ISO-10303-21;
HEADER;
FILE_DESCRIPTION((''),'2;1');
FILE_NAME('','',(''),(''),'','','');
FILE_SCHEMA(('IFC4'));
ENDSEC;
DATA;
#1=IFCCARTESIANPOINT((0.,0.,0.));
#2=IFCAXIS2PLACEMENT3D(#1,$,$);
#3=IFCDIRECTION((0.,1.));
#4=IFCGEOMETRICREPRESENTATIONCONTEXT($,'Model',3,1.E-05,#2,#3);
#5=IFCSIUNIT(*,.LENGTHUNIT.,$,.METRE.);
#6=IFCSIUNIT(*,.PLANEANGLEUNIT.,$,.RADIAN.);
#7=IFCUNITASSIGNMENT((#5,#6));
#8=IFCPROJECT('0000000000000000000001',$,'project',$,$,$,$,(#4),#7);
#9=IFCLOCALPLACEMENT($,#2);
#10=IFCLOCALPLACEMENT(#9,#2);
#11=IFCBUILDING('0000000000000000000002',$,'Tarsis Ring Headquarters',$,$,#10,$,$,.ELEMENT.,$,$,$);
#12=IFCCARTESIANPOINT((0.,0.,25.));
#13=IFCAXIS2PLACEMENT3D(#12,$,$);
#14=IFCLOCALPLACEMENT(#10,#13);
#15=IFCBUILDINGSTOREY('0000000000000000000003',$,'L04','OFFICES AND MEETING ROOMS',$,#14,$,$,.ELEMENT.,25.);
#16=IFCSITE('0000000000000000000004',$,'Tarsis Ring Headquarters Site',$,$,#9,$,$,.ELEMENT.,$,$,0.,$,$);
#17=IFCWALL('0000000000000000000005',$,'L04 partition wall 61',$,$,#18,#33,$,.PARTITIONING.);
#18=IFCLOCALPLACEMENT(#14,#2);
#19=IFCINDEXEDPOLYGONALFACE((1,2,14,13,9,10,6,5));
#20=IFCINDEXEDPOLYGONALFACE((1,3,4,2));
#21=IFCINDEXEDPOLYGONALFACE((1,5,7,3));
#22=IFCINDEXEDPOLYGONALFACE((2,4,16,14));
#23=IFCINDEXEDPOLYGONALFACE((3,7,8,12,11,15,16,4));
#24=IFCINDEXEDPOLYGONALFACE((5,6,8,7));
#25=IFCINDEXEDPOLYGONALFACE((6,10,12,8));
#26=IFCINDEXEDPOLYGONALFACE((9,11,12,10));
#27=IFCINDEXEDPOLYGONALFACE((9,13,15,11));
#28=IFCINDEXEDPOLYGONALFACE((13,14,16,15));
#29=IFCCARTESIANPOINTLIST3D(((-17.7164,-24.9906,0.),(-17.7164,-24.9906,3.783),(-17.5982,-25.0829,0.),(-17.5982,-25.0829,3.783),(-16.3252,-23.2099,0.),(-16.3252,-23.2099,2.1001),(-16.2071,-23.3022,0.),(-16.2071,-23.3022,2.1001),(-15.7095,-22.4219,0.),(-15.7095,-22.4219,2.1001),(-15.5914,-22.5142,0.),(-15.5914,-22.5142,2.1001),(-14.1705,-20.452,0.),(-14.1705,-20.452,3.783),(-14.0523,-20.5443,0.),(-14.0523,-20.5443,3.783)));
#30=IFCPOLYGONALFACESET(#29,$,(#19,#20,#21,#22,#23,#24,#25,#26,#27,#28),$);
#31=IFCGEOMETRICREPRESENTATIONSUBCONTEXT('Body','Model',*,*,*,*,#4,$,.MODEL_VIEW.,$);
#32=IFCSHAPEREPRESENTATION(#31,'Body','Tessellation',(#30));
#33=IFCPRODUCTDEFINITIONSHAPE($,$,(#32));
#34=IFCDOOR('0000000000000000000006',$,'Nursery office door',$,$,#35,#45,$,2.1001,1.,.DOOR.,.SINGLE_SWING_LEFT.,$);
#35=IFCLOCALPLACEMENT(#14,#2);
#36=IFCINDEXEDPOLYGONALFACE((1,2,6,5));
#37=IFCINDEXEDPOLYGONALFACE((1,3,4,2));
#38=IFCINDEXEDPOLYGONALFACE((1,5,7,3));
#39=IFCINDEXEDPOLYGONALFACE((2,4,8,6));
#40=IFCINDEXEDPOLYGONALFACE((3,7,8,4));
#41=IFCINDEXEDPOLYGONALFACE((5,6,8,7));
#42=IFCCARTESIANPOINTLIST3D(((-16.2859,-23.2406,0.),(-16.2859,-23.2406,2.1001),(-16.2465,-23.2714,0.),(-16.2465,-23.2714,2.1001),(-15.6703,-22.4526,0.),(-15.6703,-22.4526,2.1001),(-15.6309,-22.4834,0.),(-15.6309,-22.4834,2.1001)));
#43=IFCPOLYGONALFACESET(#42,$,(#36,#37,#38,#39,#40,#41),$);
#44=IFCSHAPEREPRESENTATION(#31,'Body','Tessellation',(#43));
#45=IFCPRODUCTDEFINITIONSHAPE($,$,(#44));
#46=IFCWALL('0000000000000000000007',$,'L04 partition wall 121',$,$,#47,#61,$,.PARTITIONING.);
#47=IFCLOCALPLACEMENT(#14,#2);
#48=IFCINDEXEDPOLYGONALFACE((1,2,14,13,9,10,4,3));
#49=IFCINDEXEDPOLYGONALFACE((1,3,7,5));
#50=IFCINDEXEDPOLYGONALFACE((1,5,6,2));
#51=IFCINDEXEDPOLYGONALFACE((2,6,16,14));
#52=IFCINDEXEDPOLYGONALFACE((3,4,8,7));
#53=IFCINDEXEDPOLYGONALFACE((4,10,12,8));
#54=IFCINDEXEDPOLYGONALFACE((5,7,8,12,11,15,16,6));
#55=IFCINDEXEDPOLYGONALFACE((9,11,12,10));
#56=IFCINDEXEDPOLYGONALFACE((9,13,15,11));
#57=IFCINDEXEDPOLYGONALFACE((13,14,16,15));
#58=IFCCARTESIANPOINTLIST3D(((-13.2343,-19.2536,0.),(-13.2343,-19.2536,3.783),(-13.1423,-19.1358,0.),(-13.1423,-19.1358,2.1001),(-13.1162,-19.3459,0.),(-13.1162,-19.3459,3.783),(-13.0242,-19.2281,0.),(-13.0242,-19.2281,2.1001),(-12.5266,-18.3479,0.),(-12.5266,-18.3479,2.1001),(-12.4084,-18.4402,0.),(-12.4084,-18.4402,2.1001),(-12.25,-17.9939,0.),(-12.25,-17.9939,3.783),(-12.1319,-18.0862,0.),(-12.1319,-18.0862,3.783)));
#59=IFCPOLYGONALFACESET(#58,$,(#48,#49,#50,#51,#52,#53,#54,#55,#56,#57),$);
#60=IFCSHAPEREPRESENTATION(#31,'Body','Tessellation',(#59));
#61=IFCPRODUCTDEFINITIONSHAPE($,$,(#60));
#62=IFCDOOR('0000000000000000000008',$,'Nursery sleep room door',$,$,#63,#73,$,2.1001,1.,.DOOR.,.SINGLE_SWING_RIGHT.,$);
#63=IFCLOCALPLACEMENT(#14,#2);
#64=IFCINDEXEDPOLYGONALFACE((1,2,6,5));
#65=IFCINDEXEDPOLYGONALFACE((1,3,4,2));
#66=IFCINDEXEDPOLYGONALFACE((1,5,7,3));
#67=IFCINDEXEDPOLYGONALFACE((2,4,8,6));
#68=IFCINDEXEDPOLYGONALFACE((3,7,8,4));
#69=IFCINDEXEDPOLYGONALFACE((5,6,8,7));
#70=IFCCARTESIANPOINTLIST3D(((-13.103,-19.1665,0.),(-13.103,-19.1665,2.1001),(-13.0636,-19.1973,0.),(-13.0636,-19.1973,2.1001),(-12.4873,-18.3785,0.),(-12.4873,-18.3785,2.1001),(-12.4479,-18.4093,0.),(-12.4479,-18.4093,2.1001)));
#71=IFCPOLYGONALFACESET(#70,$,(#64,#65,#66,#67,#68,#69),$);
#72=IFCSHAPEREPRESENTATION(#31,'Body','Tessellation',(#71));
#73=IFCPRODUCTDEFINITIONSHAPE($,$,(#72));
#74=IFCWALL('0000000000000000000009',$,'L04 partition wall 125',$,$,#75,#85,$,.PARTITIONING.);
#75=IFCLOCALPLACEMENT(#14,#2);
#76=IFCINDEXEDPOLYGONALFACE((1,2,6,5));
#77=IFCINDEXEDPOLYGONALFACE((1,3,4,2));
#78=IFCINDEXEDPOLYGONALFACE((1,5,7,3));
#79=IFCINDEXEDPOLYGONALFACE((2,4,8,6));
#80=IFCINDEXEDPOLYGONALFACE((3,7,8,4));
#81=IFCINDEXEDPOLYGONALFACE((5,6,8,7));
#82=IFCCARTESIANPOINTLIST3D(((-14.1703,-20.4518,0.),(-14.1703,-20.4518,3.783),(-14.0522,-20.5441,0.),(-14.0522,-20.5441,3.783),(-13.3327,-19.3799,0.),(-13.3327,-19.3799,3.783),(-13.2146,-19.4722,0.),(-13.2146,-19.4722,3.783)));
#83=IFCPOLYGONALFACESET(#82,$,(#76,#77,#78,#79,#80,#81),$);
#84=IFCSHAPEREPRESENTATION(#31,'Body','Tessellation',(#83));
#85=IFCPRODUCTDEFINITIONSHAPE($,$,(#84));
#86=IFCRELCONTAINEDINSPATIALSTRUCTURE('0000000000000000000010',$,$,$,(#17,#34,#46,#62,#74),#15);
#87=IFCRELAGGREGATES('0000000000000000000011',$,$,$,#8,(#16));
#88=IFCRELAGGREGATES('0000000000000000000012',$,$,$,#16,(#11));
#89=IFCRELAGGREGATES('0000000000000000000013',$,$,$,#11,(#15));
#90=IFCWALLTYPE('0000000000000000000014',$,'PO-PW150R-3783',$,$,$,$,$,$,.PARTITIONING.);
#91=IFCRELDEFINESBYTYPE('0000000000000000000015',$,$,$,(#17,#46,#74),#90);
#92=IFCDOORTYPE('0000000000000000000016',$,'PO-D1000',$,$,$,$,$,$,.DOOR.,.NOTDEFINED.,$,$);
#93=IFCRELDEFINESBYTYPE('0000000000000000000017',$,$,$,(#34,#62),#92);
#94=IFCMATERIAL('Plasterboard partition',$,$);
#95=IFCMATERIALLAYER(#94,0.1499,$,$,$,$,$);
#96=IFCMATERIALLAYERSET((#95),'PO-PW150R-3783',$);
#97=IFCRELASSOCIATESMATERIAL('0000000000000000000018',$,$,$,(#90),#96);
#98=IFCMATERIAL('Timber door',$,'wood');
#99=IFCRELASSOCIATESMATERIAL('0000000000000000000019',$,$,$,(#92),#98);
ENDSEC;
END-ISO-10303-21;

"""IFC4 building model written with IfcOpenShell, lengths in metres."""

from ifc_helpers import new_model, si_unit, direction, frame, frame_2d, origin, place, context, subcontext, project, spatial, rectangle, extrude, material, layer, layer_set, type_object, element, fill, save


model = new_model("IFC4")

# Units and contexts
model_context = context("Model", 3, precision=1e-05, world=origin(), true_north=direction((0.0, 1.0)))
body_context = subcontext(model_context, "Body", "Model", "MODEL_VIEW")
ifc_project = project(units=[si_unit("LENGTHUNIT", "METRE"), si_unit("PLANEANGLEUNIT", "RADIAN")], contexts=[model_context])

# Site, building, storey
site_placement = place(None, origin())
site = spatial("IfcSite", under=ifc_project, at=site_placement, Name="Tarsis Ring Headquarters Site", CompositionType="ELEMENT", RefElevation=0.0)
building_placement = place(site_placement, origin())
building = spatial("IfcBuilding", under=site, at=building_placement, Name="Tarsis Ring Headquarters", CompositionType="ELEMENT")
storey_placement = place(building_placement, frame((0.0, 0.0, 25.0)))
storey = spatial("IfcBuildingStorey", under=building, at=storey_placement, Name="L04", Description="OFFICES AND MEETING ROOMS", CompositionType="ELEMENT", Elevation=25.0)

# Shared definitions
ifc_material_1 = material(Name="Plasterboard partition")

# Walls, openings, doors
ifc_layer_1 = layer(ifc_material_1, 0.1499)
ifc_layer_set_1 = layer_set([ifc_layer_1], Name="PO-PW150R-3783")
wall_type_1 = type_object("IfcWallType", Name="PO-PW150R-3783", PredefinedType="PARTITIONING", material=ifc_layer_set_1)
ifc_material_2 = material(Name="Timber door", Category="wood")
wall_1_placement = place(storey_placement, frame((-14.1113, -20.498, 0.0), z_axis=(0.0, 0.0, 1.0), x_axis=(-0.615659, -0.788013, 0.0)))
wall_1 = element("IfcWall", 1, at=wall_1_placement, inside=storey, type_object=wall_type_1, Name="L04 partition wall 61", PredefinedType="PARTITIONING", context=body_context, shape_type="SweptSolid", body=[
    extrude(rectangle(XDim=5.7595, YDim=0.1499, at=frame_2d((2.8799, 0.0))), origin(), (0.0, 0.0, 1.0), 3.783),
])
opening_1_placement = place(wall_1_placement, frame((2.5, 0.0, 0.0)))
opening_1 = element("IfcOpeningElement", 2, at=opening_1_placement, cuts=wall_1, PredefinedType="OPENING", context=body_context, shape_type="SweptSolid", body=[
    extrude(rectangle(XDim=1.0, YDim=2.1001, at=frame_2d((0.5, 1.05))), frame((0.0, 0.085, 0.0), z_axis=(0.0, -1.0, 0.0), x_axis=(1.0, 0.0, 0.0)), (0.0, 0.0, 1.0), 0.1699),
])
door_type_1 = type_object("IfcDoorType", Name="PO-D1000", OperationType="NOTDEFINED", PredefinedType="DOOR", material=ifc_material_2)
door_1_placement = place(opening_1_placement, origin())
door_1 = element("IfcDoor", 3, at=door_1_placement, inside=storey, type_object=door_type_1, Name="Nursery office door", OperationType="SINGLE_SWING_LEFT", OverallHeight=2.1001, OverallWidth=1.0, PredefinedType="DOOR", context=body_context, shape_type="SweptSolid", body=[
    extrude(rectangle(XDim=1.0, YDim=2.1001, at=frame_2d((0.5, 1.05))), frame((0.0, 0.0249, 0.0), z_axis=(0.0, -1.0, 0.0), x_axis=(1.0, 0.0, 0.0)), (0.0, 0.0, 1.0), 0.05),
])
fill(opening_1, door_1)
wall_2_placement = place(storey_placement, frame((-12.1909, -18.04, 0.0), z_axis=(0.0, 0.0, 1.0), x_axis=(-0.615715, -0.787969, 0.0)))
wall_2 = element("IfcWall", 4, at=wall_2_placement, inside=storey, type_object=wall_type_1, Name="L04 partition wall 121", PredefinedType="PARTITIONING", context=body_context, shape_type="SweptSolid", body=[
    extrude(rectangle(XDim=1.5986, YDim=0.1499, at=frame_2d((0.7993, 0.0))), origin(), (0.0, 0.0, 1.0), 3.783),
])
opening_2_placement = place(wall_2_placement, frame((0.4492, 0.0, 0.0)))
opening_2 = element("IfcOpeningElement", 5, at=opening_2_placement, cuts=wall_2, PredefinedType="OPENING", context=body_context, shape_type="SweptSolid", body=[
    extrude(rectangle(XDim=1.0, YDim=2.1001, at=frame_2d((0.5, 1.05))), frame((0.0, 0.085, 0.0), z_axis=(0.0, -1.0, 0.0), x_axis=(1.0, 0.0, 0.0)), (0.0, 0.0, 1.0), 0.1699),
])
door_2_placement = place(opening_2_placement, origin())
door_2 = element("IfcDoor", 6, at=door_2_placement, inside=storey, type_object=door_type_1, Name="Nursery sleep room door", OperationType="SINGLE_SWING_RIGHT", OverallHeight=2.1001, OverallWidth=1.0, PredefinedType="DOOR", context=body_context, shape_type="SweptSolid", body=[
    extrude(rectangle(XDim=1.0, YDim=2.1001, at=frame_2d((0.5, 1.05))), frame((0.0, 0.0249, 0.0), z_axis=(0.0, -1.0, 0.0), x_axis=(1.0, 0.0, 0.0)), (0.0, 0.0, 1.0), 0.05),
])
fill(opening_2, door_2)

# Wall
wall_3_placement = place(storey_placement, frame((-13.2737, -19.426, 0.0), z_axis=(0.0, 0.0, 1.0), x_axis=(-0.615703, -0.787978, 0.0)))
element("IfcWall", 7, at=wall_3_placement, inside=storey, type_object=wall_type_1, Name="L04 partition wall 125", PredefinedType="PARTITIONING", context=body_context, shape_type="SweptSolid", body=[
    extrude(rectangle(XDim=1.3604, YDim=0.1499, at=frame_2d((0.6802, 0.0))), origin(), (0.0, 0.0, 1.0), 3.783),
])

save(model, "model.ifc")
